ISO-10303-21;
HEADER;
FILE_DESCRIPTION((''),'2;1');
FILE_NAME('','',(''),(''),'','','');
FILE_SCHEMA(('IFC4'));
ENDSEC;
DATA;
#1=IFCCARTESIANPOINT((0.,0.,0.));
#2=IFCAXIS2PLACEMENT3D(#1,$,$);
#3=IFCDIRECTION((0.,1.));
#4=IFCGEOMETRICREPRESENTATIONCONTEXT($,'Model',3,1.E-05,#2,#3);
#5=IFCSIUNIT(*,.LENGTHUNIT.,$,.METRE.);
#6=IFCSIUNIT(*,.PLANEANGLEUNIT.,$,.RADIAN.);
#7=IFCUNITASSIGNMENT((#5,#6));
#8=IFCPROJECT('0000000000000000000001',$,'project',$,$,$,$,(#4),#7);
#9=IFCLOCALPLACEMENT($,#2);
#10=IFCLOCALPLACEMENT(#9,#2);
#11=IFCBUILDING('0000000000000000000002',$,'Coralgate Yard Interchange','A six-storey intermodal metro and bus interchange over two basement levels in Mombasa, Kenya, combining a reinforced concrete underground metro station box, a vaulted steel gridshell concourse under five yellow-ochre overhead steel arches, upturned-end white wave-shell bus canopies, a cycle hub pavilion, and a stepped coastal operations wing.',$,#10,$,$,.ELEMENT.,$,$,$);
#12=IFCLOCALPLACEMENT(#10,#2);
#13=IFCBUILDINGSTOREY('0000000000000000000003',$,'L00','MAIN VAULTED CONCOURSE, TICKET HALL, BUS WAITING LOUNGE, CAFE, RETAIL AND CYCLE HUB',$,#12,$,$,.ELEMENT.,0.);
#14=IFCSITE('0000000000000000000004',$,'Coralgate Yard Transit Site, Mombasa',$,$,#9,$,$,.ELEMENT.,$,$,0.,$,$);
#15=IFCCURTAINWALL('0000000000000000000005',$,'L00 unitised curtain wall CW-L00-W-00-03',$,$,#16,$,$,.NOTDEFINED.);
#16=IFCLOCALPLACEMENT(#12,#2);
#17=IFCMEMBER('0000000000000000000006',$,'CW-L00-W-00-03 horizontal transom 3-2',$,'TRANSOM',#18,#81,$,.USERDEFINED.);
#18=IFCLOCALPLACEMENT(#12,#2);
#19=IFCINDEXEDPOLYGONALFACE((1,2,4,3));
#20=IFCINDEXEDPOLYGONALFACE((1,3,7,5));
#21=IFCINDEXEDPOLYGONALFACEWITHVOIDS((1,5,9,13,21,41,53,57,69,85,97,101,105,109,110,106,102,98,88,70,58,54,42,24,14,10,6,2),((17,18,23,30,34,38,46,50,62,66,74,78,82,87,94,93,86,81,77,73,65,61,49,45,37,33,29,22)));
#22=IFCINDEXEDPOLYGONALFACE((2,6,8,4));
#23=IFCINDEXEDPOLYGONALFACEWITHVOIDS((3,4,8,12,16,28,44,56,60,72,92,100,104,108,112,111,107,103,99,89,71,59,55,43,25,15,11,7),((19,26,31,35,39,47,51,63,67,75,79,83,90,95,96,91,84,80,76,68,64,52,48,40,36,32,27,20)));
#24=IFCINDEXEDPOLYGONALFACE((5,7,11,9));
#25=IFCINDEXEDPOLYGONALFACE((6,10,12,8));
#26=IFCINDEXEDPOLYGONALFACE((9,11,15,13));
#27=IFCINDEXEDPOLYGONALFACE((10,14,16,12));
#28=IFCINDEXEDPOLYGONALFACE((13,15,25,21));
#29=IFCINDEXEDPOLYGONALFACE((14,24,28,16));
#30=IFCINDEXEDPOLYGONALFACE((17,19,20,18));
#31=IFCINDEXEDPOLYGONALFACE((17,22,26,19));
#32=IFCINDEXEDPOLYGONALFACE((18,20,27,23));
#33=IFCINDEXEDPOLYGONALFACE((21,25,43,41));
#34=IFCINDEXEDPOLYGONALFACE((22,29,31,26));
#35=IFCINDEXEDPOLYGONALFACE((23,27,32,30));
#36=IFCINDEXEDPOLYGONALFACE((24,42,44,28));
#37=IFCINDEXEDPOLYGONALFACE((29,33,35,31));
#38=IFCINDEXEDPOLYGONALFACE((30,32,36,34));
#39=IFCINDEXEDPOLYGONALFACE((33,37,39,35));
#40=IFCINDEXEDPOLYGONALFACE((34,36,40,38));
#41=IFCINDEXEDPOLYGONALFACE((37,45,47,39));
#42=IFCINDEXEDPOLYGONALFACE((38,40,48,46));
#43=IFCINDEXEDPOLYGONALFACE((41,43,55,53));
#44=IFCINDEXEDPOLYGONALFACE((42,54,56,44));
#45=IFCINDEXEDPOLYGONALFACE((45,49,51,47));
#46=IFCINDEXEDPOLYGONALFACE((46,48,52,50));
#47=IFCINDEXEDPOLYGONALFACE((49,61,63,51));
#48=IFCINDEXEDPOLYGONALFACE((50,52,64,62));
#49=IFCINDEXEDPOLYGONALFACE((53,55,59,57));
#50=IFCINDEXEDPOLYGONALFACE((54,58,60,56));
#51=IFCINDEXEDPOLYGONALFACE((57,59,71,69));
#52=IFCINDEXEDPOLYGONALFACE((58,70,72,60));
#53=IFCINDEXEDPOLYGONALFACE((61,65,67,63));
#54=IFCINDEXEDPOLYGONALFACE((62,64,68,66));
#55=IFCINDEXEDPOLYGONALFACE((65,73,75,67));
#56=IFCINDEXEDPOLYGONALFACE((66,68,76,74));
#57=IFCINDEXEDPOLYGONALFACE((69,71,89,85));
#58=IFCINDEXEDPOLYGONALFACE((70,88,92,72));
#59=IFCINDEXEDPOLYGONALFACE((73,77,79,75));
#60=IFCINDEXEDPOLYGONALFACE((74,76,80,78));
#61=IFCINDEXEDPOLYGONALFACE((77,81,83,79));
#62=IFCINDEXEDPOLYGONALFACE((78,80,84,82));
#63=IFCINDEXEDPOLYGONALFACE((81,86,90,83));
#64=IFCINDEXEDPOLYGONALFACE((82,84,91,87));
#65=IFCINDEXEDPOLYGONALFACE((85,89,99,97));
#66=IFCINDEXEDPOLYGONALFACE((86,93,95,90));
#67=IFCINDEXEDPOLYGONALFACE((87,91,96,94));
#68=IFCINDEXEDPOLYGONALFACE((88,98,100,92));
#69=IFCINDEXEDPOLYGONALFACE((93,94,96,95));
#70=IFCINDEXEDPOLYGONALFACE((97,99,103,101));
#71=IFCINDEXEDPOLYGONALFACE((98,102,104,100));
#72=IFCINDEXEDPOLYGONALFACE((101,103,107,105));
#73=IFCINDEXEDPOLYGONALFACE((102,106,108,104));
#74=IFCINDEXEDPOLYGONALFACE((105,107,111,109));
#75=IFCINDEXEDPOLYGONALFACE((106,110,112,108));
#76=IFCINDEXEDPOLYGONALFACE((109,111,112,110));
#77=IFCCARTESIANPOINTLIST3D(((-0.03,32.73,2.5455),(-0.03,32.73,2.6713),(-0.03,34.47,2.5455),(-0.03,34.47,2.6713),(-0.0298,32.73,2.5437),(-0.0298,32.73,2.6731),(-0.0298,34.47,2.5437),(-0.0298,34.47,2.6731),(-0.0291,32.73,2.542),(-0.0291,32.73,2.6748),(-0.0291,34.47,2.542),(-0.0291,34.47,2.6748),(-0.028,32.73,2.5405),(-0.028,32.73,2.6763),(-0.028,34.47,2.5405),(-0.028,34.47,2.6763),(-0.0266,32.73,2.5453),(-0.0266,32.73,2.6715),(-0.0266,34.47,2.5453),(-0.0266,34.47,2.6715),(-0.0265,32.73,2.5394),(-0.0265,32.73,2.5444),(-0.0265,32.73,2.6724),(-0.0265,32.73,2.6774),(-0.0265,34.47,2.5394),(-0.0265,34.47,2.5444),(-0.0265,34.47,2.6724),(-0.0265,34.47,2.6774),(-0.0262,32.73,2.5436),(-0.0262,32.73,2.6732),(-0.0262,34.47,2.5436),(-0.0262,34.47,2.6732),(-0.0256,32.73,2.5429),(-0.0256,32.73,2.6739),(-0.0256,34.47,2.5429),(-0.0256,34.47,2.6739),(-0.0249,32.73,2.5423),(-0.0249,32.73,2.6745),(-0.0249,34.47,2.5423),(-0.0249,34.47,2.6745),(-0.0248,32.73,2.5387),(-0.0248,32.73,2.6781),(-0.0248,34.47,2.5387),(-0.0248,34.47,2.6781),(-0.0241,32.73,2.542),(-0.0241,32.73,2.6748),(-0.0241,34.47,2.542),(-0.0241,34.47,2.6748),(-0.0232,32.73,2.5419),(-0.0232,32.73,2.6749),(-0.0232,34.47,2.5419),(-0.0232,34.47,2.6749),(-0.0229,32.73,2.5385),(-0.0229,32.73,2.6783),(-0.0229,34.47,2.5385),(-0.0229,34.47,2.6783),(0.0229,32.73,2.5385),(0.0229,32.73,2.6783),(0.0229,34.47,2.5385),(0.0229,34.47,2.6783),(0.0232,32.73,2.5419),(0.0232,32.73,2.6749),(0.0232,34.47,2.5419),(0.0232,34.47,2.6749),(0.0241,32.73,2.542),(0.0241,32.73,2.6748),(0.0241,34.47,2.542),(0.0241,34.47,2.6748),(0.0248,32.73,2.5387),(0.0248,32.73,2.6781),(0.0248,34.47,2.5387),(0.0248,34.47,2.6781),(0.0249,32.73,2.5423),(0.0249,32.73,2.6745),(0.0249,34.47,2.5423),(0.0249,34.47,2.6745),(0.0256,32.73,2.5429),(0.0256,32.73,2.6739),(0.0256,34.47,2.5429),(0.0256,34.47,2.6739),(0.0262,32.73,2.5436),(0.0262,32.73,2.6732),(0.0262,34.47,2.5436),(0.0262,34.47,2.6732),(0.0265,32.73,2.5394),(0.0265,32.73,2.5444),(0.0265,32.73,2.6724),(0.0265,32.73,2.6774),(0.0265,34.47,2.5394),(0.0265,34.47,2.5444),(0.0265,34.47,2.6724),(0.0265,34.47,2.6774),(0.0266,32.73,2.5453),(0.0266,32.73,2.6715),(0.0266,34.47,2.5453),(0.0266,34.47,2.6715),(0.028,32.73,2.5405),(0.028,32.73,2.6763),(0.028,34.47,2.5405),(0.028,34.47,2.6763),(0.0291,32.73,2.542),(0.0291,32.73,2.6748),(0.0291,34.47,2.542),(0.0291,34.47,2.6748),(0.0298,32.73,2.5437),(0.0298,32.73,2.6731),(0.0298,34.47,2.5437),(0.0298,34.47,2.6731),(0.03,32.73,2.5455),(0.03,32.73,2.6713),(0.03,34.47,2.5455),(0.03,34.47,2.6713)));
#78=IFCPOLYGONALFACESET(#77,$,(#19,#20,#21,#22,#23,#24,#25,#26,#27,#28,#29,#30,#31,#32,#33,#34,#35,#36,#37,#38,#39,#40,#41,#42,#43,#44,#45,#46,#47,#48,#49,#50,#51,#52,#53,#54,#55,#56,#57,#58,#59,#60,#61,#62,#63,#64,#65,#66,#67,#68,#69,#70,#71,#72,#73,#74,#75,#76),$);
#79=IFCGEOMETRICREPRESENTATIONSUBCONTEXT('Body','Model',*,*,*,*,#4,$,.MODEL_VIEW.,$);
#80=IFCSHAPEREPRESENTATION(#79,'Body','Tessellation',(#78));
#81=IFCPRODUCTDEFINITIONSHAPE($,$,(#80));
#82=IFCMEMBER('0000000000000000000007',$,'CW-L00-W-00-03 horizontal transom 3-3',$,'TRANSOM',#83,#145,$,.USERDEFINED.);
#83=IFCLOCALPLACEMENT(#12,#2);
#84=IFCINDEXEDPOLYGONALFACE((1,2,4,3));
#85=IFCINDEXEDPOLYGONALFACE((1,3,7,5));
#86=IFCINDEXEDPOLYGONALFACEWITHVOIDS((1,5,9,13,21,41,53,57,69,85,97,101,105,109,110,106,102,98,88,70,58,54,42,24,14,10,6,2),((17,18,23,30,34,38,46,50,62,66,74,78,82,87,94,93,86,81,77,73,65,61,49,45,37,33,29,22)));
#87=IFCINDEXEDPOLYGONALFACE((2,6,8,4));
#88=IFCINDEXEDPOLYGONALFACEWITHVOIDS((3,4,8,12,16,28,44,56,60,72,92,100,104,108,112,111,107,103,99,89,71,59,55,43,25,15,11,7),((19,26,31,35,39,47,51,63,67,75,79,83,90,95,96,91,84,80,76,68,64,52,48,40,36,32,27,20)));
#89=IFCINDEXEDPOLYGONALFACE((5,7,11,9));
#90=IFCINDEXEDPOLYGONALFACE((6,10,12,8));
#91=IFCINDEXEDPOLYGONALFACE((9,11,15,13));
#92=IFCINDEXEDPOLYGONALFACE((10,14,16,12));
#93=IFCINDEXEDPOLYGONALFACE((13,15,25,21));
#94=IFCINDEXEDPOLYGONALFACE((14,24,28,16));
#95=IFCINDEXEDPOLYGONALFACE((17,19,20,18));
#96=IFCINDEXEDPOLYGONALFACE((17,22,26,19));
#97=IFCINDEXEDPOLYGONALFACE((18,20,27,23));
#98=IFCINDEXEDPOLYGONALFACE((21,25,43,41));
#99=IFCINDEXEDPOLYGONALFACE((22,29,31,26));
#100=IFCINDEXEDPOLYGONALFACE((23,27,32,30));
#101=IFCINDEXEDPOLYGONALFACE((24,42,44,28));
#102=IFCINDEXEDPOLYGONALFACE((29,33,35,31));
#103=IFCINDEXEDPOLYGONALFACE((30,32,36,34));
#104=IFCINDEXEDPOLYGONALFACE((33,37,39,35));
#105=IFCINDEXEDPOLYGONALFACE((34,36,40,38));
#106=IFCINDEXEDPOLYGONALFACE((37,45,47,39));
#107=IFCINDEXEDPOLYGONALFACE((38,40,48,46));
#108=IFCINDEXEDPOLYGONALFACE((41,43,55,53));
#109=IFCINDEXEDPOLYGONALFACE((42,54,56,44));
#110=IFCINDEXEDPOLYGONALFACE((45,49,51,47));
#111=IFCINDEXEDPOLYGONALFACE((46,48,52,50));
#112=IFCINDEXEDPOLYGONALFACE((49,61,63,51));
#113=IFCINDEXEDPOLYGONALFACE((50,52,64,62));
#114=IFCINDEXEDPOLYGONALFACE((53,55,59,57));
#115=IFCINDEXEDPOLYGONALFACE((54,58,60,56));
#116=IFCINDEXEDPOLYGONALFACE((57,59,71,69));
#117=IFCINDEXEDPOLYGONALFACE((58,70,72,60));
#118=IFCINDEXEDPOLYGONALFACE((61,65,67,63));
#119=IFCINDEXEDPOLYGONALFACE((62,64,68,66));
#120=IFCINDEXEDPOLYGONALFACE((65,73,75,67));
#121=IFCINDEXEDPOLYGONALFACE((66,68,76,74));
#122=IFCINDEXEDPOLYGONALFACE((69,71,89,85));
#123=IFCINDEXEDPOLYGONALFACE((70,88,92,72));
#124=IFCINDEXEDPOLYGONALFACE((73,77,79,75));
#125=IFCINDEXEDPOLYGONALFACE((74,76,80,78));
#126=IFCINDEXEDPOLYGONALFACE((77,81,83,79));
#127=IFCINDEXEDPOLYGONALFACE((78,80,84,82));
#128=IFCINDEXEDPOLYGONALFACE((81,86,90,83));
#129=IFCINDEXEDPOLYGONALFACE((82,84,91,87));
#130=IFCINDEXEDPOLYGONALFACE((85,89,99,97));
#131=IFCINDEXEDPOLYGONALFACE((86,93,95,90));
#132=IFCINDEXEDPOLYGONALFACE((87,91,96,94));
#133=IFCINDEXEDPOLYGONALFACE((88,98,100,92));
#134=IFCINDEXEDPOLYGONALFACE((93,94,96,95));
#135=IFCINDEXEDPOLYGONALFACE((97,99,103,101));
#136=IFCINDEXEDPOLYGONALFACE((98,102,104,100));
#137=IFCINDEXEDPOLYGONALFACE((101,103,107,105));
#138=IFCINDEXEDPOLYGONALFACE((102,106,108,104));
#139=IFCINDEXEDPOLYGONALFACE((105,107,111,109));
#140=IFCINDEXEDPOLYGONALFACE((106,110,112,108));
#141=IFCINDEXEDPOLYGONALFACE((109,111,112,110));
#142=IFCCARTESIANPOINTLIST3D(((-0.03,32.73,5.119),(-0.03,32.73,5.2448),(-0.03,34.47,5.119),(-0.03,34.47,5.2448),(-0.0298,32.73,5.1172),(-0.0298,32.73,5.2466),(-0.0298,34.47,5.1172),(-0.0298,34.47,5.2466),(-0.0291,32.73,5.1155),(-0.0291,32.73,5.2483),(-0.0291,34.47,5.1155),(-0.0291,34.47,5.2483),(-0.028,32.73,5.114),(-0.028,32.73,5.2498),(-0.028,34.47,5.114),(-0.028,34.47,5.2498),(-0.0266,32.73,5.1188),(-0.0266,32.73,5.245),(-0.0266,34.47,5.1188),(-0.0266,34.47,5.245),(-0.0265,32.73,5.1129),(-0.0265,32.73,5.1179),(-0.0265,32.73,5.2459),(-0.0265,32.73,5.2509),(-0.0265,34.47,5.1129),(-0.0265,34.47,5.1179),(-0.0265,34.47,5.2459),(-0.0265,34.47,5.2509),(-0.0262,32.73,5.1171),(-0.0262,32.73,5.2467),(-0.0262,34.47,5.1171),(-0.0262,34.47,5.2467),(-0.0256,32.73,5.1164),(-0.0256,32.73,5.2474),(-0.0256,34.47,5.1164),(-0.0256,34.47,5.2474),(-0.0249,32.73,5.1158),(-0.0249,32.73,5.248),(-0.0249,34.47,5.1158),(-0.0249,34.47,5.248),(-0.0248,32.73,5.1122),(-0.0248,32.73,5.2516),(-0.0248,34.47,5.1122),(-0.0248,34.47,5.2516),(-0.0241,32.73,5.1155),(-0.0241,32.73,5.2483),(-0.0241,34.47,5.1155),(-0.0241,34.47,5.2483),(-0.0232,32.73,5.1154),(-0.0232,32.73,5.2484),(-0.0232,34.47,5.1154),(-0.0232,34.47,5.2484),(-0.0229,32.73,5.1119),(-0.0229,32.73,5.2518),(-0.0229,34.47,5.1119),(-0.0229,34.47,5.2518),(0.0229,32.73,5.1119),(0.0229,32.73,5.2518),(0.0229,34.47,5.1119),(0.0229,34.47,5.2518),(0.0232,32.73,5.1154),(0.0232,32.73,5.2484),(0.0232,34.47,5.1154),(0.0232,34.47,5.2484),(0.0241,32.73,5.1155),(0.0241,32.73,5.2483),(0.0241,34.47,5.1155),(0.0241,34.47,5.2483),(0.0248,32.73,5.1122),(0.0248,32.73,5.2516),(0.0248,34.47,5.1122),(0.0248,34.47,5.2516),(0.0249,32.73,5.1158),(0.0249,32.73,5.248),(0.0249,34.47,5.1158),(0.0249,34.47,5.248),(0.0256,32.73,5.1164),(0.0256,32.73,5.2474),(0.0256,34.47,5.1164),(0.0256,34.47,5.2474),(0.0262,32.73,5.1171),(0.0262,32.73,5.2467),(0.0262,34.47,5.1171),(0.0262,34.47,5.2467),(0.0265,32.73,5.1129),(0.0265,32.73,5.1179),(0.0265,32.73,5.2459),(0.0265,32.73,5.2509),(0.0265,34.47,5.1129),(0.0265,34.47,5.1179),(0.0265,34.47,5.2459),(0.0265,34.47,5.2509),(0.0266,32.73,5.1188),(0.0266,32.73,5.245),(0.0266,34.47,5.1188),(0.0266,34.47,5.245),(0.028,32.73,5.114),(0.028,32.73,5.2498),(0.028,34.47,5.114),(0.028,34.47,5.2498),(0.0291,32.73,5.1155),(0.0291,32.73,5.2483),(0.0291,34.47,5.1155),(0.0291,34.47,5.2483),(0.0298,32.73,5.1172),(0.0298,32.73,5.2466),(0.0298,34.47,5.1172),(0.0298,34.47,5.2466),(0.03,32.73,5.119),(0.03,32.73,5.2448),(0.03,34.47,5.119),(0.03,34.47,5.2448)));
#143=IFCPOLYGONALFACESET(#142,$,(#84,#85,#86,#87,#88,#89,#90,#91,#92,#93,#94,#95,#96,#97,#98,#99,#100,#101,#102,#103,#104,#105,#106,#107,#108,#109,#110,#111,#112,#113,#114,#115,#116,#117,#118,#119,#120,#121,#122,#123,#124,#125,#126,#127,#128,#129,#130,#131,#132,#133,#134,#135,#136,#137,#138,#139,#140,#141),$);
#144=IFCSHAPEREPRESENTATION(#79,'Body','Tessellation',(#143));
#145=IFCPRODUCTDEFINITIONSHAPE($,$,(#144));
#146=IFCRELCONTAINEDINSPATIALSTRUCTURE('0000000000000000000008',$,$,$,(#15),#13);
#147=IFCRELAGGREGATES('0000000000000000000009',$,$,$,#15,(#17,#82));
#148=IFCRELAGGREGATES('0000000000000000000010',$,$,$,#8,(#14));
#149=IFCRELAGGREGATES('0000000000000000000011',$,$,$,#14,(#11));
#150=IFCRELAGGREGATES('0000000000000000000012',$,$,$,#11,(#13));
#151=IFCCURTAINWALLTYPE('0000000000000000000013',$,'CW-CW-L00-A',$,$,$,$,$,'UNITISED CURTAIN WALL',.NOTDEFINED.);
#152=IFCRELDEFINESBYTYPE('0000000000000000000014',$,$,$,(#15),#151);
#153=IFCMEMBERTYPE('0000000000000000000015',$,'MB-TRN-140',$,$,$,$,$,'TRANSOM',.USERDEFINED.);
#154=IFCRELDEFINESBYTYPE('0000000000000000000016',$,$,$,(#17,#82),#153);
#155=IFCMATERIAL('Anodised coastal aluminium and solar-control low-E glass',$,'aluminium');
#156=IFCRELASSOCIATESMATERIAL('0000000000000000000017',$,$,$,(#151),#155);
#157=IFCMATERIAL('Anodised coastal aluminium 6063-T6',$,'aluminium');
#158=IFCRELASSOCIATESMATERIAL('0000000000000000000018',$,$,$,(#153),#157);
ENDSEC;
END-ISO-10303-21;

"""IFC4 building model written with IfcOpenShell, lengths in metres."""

from ifc_helpers import new_model, si_unit, direction, frame, origin, origin_2d, place, context, subcontext, project, spatial, hollow_rectangle, extrude, material, material_profile, profile_set, type_object, element, aggregate, save


model = new_model("IFC4")

# Units and contexts
model_context = context("Model", 3, precision=1e-05, world=origin(), true_north=direction((0.0, 1.0)))
body_context = subcontext(model_context, "Body", "Model", "MODEL_VIEW")
ifc_project = project(units=[si_unit("LENGTHUNIT", "METRE"), si_unit("PLANEANGLEUNIT", "RADIAN")], contexts=[model_context])

# Site, building, storey
site_placement = place(None, origin())
site = spatial("IfcSite", under=ifc_project, at=site_placement, Name="Coralgate Yard Transit Site, Mombasa", CompositionType="ELEMENT", RefElevation=0.0)
building_placement = place(site_placement, origin())
building = spatial("IfcBuilding", under=site, at=building_placement, Name="Coralgate Yard Interchange", Description="A six-storey intermodal metro and bus interchange over two basement levels in Mombasa, Kenya, combining a reinforced concrete underground metro station box, a vaulted steel gridshell concourse under five yellow-ochre overhead steel arches, upturned-end white wave-shell bus canopies, a cycle hub pavilion, and a stepped coastal operations wing.", CompositionType="ELEMENT")
storey_placement = place(building_placement, origin())
storey = spatial("IfcBuildingStorey", under=building, at=storey_placement, Name="L00", Description="MAIN VAULTED CONCOURSE, TICKET HALL, BUS WAITING LOUNGE, CAFE, RETAIL AND CYCLE HUB", CompositionType="ELEMENT", Elevation=0.0)

# Curtain wall, members
ifc_material_1 = material(Name="Anodised coastal aluminium and solar-control low-E glass", Category="aluminium")
curtain_wall_type = type_object("IfcCurtainWallType", Name="CW-CW-L00-A", ElementType="UNITISED CURTAIN WALL", PredefinedType="NOTDEFINED", material=ifc_material_1)
curtain_wall_placement = place(storey_placement, origin())
curtain_wall = element("IfcCurtainWall", 1, at=curtain_wall_placement, inside=storey, type_object=curtain_wall_type, Name="L00 unitised curtain wall CW-L00-W-00-03", PredefinedType="NOTDEFINED")
ifc_material_2 = material(Name="Anodised coastal aluminium 6063-T6", Category="aluminium")
ifc_material_profile_1 = material_profile(ifc_material_2, hollow_rectangle(XDim=0.0601, YDim=0.1399, WallThickness=0.0034, InnerFilletRadius=0.0034, OuterFilletRadius=0.0071, at=origin_2d()), Name="ALU 60x140x3.5")
ifc_profile_set_1 = profile_set([ifc_material_profile_1], Name="Anodised coastal aluminium 6063-T6")
member_type_1 = type_object("IfcMemberType", Name="MB-TRN-140", ElementType="TRANSOM", PredefinedType="USERDEFINED", material=ifc_profile_set_1)
member_1_placement = place(storey_placement, frame((0.0, 32.73, 2.6084), z_axis=(0.0, 1.0, 0.0), x_axis=(-1.0, 0.0, 0.0)))
member_1 = element("IfcMember", 2, at=member_1_placement, type_object=member_type_1, Name="CW-L00-W-00-03 horizontal transom 3-2", ObjectType="TRANSOM", PredefinedType="USERDEFINED", context=body_context, shape_type="SweptSolid", body=[
    extrude(hollow_rectangle(XDim=0.0601, YDim=0.1399, WallThickness=0.0034, InnerFilletRadius=0.0034, OuterFilletRadius=0.0071, at=origin_2d()), origin(), (0.0, 0.0, 1.0), 1.74),
])
member_2_placement = place(storey_placement, frame((0.0, 32.73, 5.1819), z_axis=(0.0, 1.0, 0.0), x_axis=(-1.0, 0.0, 0.0)))
member_2 = element("IfcMember", 3, at=member_2_placement, type_object=member_type_1, Name="CW-L00-W-00-03 horizontal transom 3-3", ObjectType="TRANSOM", PredefinedType="USERDEFINED", context=body_context, shape_type="SweptSolid", body=[
    extrude(hollow_rectangle(XDim=0.0601, YDim=0.1399, WallThickness=0.0034, InnerFilletRadius=0.0034, OuterFilletRadius=0.0071, at=origin_2d()), origin(), (0.0, 0.0, 1.0), 1.74),
])
aggregate(curtain_wall, [member_1, member_2])

save(model, "model.ifc")
